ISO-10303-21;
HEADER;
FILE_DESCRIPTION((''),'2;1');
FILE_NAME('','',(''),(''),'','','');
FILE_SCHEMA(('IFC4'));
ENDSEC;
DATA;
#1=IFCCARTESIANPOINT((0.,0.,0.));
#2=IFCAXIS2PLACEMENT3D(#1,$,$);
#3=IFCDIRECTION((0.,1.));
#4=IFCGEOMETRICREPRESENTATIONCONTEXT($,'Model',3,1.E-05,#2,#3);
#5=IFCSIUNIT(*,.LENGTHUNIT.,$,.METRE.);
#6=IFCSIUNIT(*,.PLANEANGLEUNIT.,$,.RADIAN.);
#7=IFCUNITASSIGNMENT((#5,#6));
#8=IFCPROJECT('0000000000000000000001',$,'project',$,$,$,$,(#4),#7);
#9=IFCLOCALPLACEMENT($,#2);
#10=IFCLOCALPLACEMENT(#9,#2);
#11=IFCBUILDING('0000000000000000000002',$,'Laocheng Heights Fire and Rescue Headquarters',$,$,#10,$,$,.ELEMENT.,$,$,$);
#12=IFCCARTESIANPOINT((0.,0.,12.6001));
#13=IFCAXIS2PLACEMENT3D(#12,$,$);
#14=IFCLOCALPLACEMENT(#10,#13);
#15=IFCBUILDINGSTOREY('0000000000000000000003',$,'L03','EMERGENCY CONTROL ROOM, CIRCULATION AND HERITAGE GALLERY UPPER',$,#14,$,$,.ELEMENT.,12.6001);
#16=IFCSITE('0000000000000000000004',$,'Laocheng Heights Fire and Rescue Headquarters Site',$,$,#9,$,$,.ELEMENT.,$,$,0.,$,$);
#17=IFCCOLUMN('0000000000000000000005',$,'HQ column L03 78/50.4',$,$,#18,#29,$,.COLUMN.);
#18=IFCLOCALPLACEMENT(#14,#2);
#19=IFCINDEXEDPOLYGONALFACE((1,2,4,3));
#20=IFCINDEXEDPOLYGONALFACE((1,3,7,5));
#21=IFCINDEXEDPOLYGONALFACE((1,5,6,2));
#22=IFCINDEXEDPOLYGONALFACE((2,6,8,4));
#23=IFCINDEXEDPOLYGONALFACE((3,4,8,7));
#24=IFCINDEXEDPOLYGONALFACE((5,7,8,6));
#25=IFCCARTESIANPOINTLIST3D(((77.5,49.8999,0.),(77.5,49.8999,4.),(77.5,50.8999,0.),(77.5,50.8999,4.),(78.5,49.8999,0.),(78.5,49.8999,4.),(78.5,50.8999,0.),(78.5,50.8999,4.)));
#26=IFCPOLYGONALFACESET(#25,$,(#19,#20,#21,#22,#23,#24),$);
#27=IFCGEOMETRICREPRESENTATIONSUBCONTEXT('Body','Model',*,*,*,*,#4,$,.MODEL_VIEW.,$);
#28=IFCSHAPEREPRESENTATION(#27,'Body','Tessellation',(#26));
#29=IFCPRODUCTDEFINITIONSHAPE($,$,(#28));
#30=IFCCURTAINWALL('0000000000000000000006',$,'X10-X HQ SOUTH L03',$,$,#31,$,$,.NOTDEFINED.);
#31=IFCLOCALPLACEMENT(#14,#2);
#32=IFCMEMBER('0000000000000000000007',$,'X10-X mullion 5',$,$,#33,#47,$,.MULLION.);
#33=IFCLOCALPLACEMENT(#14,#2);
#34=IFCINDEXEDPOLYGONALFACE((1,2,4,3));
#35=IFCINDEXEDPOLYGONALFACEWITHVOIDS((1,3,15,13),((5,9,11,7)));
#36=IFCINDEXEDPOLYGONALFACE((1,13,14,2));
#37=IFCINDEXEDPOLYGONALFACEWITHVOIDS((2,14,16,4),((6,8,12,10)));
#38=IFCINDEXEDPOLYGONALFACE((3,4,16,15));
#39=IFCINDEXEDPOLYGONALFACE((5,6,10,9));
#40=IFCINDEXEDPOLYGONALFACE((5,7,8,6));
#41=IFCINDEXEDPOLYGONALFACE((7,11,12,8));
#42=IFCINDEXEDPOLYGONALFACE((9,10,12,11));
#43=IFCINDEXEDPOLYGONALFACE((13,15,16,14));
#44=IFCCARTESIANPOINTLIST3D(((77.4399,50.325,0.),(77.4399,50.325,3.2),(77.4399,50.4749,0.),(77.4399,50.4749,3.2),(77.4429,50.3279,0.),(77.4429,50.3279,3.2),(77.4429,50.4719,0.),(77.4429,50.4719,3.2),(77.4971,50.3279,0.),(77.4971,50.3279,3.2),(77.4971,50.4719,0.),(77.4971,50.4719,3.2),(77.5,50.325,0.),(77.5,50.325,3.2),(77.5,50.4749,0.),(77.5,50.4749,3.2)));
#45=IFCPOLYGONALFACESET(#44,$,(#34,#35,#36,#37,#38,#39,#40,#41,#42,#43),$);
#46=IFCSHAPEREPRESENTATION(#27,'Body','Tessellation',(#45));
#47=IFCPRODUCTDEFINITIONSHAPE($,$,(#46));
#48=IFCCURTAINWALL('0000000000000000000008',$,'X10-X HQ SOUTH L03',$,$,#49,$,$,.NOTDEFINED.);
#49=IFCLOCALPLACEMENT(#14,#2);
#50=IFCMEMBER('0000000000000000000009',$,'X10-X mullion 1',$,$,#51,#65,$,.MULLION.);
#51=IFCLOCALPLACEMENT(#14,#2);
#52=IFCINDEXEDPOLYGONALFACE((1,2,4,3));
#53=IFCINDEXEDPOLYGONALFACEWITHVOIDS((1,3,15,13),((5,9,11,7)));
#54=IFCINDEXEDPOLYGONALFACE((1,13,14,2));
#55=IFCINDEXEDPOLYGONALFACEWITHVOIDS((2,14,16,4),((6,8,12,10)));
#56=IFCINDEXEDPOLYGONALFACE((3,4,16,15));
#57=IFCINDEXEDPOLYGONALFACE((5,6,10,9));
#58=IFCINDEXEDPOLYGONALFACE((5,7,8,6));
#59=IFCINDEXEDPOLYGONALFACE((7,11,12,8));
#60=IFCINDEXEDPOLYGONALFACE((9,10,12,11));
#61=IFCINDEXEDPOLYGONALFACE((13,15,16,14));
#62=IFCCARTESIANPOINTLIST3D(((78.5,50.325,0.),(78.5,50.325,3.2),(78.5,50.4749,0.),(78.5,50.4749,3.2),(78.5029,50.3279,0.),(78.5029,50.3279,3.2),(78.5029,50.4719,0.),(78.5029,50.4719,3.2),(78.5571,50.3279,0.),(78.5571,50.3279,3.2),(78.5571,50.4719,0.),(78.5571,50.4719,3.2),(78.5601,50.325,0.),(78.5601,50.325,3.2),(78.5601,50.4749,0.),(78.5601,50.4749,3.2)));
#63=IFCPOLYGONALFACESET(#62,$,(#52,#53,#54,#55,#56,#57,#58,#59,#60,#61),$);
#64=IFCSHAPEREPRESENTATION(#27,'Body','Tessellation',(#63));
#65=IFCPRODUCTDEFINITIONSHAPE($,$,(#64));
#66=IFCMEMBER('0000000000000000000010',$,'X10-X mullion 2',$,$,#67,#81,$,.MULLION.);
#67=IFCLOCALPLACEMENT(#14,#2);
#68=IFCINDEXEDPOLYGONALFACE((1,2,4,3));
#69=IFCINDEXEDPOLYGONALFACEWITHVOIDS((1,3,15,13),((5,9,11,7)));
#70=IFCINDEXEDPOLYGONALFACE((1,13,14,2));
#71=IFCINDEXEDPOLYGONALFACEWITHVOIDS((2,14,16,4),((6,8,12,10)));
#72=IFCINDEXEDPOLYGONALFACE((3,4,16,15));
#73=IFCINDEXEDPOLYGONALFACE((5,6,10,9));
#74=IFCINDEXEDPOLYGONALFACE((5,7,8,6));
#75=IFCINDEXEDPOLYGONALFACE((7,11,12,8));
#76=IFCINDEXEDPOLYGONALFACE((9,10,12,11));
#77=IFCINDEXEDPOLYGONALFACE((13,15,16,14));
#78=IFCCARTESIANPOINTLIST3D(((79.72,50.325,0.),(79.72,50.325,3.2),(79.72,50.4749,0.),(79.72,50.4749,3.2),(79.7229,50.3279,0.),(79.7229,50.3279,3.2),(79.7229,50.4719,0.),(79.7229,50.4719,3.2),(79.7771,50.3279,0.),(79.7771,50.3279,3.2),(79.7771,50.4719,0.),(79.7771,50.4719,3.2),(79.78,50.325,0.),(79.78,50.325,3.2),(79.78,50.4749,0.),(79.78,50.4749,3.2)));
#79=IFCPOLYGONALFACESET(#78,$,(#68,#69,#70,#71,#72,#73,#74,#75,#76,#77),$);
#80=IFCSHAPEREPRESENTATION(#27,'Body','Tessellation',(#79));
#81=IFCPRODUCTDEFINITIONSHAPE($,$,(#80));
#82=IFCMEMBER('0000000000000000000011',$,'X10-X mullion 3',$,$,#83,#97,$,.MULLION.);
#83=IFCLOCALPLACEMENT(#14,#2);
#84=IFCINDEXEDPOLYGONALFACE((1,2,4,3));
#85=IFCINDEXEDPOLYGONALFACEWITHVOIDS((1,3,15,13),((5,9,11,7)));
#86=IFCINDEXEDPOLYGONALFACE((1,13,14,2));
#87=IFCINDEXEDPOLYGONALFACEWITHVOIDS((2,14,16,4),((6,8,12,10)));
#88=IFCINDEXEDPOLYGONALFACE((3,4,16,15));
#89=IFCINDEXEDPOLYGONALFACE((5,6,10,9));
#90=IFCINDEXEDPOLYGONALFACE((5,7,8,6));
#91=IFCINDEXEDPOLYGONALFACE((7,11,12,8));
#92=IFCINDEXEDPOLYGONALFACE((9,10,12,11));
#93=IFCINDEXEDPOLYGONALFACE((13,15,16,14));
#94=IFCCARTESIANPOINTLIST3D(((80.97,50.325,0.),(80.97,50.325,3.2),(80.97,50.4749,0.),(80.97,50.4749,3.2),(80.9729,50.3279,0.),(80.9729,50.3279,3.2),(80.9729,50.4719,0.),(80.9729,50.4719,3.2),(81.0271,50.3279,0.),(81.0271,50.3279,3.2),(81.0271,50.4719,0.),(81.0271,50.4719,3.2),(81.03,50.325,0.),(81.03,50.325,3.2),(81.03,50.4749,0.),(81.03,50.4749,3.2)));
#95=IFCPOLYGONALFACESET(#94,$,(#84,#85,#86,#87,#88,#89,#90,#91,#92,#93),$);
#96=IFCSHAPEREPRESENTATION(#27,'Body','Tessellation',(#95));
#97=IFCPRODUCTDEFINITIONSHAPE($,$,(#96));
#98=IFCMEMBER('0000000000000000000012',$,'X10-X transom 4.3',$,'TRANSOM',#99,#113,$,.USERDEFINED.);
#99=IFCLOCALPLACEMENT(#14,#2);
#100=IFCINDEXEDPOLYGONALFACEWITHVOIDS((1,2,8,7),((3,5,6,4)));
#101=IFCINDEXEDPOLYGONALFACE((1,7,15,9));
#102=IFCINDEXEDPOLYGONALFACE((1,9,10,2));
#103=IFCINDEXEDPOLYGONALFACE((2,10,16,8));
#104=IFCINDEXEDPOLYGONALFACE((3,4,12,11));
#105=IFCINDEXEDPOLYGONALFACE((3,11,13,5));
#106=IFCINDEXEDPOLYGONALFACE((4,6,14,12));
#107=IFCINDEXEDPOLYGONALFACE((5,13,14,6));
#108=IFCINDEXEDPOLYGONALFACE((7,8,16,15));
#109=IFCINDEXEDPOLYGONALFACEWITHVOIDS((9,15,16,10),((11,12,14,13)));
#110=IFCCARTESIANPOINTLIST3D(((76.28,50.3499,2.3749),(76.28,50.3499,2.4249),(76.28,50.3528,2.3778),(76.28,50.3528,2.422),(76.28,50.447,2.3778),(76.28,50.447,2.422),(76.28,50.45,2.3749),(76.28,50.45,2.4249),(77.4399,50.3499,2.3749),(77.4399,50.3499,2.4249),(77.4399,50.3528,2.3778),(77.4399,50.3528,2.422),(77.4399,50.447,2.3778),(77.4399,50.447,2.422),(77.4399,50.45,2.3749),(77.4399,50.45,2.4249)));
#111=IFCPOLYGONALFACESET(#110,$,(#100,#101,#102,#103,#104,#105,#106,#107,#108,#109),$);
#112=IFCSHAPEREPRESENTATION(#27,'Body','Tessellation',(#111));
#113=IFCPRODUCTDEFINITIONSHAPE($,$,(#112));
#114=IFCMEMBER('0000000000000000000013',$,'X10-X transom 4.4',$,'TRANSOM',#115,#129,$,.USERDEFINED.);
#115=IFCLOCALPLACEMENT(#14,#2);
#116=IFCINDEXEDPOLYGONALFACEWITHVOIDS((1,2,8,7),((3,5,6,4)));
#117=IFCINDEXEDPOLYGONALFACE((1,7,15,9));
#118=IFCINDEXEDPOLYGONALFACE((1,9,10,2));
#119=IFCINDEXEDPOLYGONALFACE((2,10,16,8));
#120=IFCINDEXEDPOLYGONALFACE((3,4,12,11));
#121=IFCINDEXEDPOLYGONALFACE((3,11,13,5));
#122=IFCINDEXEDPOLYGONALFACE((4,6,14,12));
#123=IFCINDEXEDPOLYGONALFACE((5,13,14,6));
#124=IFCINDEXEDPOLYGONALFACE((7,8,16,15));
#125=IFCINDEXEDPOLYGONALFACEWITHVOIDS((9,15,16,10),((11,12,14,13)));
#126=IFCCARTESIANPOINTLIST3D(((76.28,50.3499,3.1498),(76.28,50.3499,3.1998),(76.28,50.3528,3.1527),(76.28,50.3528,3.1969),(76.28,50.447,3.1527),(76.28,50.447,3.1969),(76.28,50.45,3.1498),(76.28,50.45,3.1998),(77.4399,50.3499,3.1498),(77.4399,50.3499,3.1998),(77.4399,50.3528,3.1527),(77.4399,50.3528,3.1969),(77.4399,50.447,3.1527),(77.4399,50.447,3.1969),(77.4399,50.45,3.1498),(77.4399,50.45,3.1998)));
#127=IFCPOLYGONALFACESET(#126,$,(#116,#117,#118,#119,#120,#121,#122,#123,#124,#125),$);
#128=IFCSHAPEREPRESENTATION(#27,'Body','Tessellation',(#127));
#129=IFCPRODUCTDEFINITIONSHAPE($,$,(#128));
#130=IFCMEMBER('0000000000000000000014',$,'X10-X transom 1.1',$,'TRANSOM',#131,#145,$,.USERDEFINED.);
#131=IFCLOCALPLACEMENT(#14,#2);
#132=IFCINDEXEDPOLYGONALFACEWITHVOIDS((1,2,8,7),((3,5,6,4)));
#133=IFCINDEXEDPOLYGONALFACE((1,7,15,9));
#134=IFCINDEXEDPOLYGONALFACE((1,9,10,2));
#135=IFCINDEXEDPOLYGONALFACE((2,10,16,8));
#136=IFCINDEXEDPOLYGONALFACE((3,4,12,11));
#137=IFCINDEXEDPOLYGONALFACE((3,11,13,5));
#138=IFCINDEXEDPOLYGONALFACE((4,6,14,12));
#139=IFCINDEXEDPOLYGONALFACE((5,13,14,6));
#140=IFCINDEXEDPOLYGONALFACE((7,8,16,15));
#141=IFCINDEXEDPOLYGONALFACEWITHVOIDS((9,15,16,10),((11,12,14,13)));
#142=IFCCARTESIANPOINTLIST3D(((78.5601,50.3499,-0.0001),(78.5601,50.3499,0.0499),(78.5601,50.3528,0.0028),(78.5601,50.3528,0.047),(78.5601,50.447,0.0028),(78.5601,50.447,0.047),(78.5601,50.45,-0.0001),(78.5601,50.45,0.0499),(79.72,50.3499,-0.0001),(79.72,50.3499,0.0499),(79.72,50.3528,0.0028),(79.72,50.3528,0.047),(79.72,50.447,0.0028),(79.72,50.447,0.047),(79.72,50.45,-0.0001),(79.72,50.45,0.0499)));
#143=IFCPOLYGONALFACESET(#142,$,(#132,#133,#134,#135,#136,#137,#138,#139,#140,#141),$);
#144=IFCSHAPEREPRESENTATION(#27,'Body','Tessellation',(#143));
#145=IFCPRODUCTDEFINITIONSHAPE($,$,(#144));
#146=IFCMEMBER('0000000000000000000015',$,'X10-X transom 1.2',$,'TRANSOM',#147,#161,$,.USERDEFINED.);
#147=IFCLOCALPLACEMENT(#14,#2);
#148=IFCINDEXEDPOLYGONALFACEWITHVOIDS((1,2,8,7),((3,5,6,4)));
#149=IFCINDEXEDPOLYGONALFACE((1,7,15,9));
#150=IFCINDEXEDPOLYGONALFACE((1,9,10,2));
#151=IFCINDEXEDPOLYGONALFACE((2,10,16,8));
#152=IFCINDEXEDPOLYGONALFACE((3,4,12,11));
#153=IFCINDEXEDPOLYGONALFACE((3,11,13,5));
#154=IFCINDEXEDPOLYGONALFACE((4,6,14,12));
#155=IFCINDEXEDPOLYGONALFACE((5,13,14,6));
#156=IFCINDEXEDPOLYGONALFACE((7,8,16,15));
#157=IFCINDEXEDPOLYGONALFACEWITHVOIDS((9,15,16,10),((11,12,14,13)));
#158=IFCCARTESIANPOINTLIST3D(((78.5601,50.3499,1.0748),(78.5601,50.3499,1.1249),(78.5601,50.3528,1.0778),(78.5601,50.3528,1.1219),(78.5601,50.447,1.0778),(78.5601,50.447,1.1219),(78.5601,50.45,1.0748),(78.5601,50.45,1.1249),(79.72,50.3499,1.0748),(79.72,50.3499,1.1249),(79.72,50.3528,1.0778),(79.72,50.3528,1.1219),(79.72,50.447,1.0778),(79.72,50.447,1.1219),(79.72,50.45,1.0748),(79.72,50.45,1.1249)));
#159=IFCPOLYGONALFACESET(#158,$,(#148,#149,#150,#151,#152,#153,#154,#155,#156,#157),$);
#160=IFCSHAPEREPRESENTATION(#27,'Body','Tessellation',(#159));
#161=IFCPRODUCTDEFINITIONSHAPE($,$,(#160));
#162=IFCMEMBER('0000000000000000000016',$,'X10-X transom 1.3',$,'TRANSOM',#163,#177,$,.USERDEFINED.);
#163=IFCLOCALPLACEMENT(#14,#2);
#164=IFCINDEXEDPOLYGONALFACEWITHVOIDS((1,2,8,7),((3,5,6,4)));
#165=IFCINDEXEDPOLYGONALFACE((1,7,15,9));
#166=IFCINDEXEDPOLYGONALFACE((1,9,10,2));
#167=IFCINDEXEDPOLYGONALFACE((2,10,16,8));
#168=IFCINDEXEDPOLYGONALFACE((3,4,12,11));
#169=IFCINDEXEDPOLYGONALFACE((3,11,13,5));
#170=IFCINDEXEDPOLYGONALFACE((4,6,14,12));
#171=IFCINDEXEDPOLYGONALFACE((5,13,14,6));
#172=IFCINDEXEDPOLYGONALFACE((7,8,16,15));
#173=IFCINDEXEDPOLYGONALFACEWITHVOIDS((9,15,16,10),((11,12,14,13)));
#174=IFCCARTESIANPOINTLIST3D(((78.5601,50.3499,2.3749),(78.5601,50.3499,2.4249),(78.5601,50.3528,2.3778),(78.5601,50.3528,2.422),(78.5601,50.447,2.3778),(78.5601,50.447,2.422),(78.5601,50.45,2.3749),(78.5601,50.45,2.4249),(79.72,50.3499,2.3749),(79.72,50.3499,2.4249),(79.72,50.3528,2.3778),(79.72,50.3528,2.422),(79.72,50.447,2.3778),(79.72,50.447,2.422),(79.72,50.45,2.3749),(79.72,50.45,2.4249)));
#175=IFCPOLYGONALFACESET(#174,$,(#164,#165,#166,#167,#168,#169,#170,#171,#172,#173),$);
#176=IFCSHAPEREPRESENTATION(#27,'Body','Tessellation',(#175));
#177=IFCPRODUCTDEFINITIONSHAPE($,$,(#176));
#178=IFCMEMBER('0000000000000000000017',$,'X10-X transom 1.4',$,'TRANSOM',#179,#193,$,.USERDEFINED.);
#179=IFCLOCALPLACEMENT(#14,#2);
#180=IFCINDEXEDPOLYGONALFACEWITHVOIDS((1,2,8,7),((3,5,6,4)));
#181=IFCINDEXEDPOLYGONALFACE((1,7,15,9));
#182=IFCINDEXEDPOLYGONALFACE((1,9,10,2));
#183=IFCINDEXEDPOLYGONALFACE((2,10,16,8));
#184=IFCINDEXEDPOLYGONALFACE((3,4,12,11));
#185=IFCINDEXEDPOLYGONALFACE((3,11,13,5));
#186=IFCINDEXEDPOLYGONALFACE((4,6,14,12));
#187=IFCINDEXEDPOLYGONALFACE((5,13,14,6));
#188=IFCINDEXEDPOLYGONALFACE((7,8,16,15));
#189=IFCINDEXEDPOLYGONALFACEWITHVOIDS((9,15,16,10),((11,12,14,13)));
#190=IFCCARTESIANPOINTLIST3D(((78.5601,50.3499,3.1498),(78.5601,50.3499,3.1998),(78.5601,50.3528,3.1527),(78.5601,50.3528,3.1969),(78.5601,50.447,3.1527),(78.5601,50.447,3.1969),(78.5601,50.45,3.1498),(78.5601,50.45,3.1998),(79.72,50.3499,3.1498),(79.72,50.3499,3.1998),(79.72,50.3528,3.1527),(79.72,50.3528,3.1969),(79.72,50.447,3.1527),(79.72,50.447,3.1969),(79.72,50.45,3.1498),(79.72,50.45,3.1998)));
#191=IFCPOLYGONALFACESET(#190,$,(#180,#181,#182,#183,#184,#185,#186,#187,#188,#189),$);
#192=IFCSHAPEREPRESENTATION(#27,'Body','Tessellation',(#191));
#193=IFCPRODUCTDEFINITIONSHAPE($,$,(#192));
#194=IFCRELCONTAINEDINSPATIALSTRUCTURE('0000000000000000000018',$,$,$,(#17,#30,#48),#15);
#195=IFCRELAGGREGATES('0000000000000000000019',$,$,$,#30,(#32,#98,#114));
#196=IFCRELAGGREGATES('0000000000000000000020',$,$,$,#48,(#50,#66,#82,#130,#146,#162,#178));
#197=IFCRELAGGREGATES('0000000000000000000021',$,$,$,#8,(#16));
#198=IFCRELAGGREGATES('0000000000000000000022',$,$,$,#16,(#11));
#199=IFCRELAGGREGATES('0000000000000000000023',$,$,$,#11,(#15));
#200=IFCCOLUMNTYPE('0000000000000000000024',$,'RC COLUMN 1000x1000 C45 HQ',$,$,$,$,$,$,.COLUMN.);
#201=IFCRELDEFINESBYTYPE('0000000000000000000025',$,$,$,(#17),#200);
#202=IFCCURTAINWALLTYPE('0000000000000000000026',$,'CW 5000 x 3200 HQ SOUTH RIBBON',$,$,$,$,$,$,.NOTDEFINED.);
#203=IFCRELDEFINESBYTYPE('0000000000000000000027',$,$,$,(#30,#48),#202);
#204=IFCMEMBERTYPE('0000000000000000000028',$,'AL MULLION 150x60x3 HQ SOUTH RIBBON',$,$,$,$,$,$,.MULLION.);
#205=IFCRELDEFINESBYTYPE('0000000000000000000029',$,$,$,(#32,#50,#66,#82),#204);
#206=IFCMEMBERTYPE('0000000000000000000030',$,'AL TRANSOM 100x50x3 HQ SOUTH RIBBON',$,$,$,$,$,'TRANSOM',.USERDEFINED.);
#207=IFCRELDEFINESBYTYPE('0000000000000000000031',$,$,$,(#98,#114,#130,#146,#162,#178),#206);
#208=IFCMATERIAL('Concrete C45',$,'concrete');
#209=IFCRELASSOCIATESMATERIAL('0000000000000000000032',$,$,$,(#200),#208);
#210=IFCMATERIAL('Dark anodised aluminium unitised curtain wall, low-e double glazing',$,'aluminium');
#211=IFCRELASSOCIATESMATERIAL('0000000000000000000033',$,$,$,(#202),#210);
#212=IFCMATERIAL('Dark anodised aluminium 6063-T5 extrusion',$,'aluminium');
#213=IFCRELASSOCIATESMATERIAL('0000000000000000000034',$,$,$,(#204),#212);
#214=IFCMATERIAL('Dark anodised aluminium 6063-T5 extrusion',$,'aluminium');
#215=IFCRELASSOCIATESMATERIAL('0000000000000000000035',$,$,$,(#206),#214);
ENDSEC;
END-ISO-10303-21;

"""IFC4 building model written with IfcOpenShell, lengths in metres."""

from ifc_helpers import new_model, si_unit, direction, frame, origin, origin_2d, place, context, subcontext, project, spatial, rectangle, hollow_rectangle, extrude, material, material_profile, profile_set, type_object, element, aggregate, save


model = new_model("IFC4")

# Units and contexts
model_context = context("Model", 3, precision=1e-05, world=origin(), true_north=direction((0.0, 1.0)))
body_context = subcontext(model_context, "Body", "Model", "MODEL_VIEW")
ifc_project = project(units=[si_unit("LENGTHUNIT", "METRE"), si_unit("PLANEANGLEUNIT", "RADIAN")], contexts=[model_context])

# Site, building, storey
site_placement = place(None, origin())
site = spatial("IfcSite", under=ifc_project, at=site_placement, Name="Laocheng Heights Fire and Rescue Headquarters Site", CompositionType="ELEMENT", RefElevation=0.0)
building_placement = place(site_placement, origin())
building = spatial("IfcBuilding", under=site, at=building_placement, Name="Laocheng Heights Fire and Rescue Headquarters", CompositionType="ELEMENT")
storey_placement = place(building_placement, frame((0.0, 0.0, 12.6001)))
storey = spatial("IfcBuildingStorey", under=building, at=storey_placement, Name="L03", Description="EMERGENCY CONTROL ROOM, CIRCULATION AND HERITAGE GALLERY UPPER", CompositionType="ELEMENT", Elevation=12.6001)

# Column
ifc_material_1 = material(Name="Concrete C45", Category="concrete")
ifc_material_profile_1 = material_profile(ifc_material_1, rectangle(XDim=1.0, YDim=1.0, at=origin_2d()), Name="RC COLUMN 1000x1000 C45 HQ")
ifc_profile_set_1 = profile_set([ifc_material_profile_1], Name="Concrete C45")
column_type = type_object("IfcColumnType", Name="RC COLUMN 1000x1000 C45 HQ", PredefinedType="COLUMN", material=ifc_profile_set_1)
column_placement = place(storey_placement, frame((78.0, 50.3999, 0.0), z_axis=(0.0, 0.0, 1.0), x_axis=(1.0, 0.0, 0.0)))
element("IfcColumn", 1, at=column_placement, inside=storey, type_object=column_type, Name="HQ column L03 78/50.4", PredefinedType="COLUMN", context=body_context, shape_type="SweptSolid", body=[
    extrude(rectangle(XDim=1.0, YDim=1.0, at=origin_2d()), origin(), (0.0, 0.0, 1.0), 4.0),
])

# Curtain wall, member
ifc_material_2 = material(Name="Dark anodised aluminium unitised curtain wall, low-e double glazing", Category="aluminium")
curtain_wall_type = type_object("IfcCurtainWallType", Name="CW 5000 x 3200 HQ SOUTH RIBBON", PredefinedType="NOTDEFINED", material=ifc_material_2)
curtain_wall_1_placement = place(storey_placement, origin())
curtain_wall_1 = element("IfcCurtainWall", 2, at=curtain_wall_1_placement, inside=storey, type_object=curtain_wall_type, Name="X10-X HQ SOUTH L03", PredefinedType="NOTDEFINED")
ifc_material_3 = material(Name="Dark anodised aluminium 6063-T5 extrusion", Category="aluminium")
ifc_material_profile_2 = material_profile(ifc_material_3, hollow_rectangle(XDim=0.1499, YDim=0.0601, WallThickness=0.0029, at=origin_2d()), Name="AL MULLION 150x60x3 HQ SOUTH RIBBON")
ifc_profile_set_2 = profile_set([ifc_material_profile_2], Name="Dark anodised aluminium 6063-T5 extrusion")
member_type_1 = type_object("IfcMemberType", Name="AL MULLION 150x60x3 HQ SOUTH RIBBON", PredefinedType="MULLION", material=ifc_profile_set_2)
member_1_placement = place(storey_placement, frame((77.47, 50.3999, 0.0), z_axis=(0.0, 0.0, 1.0), x_axis=(0.0, 1.0, 0.0)))
member_1 = element("IfcMember", 3, at=member_1_placement, type_object=member_type_1, Name="X10-X mullion 5", PredefinedType="MULLION", context=body_context, shape_type="SweptSolid", body=[
    extrude(hollow_rectangle(XDim=0.1499, YDim=0.0601, WallThickness=0.0029, at=origin_2d()), origin(), (0.0, 0.0, 1.0), 3.2),
])

# Curtain wall, members
curtain_wall_2_placement = place(storey_placement, origin())
curtain_wall_2 = element("IfcCurtainWall", 4, at=curtain_wall_2_placement, inside=storey, type_object=curtain_wall_type, Name="X10-X HQ SOUTH L03", PredefinedType="NOTDEFINED")
member_2_placement = place(storey_placement, frame((78.53, 50.3999, 0.0), z_axis=(0.0, 0.0, 1.0), x_axis=(0.0, 1.0, 0.0)))
member_2 = element("IfcMember", 5, at=member_2_placement, type_object=member_type_1, Name="X10-X mullion 1", PredefinedType="MULLION", context=body_context, shape_type="SweptSolid", body=[
    extrude(hollow_rectangle(XDim=0.1499, YDim=0.0601, WallThickness=0.0029, at=origin_2d()), origin(), (0.0, 0.0, 1.0), 3.2),
])
member_3_placement = place(storey_placement, frame((79.75, 50.3999, 0.0), z_axis=(0.0, 0.0, 1.0), x_axis=(0.0, 1.0, 0.0)))
member_3 = element("IfcMember", 6, at=member_3_placement, type_object=member_type_1, Name="X10-X mullion 2", PredefinedType="MULLION", context=body_context, shape_type="SweptSolid", body=[
    extrude(hollow_rectangle(XDim=0.1499, YDim=0.0601, WallThickness=0.0029, at=origin_2d()), origin(), (0.0, 0.0, 1.0), 3.2),
])
member_4_placement = place(storey_placement, frame((81.0, 50.3999, 0.0), z_axis=(0.0, 0.0, 1.0), x_axis=(0.0, 1.0, 0.0)))
member_4 = element("IfcMember", 7, at=member_4_placement, type_object=member_type_1, Name="X10-X mullion 3", PredefinedType="MULLION", context=body_context, shape_type="SweptSolid", body=[
    extrude(hollow_rectangle(XDim=0.1499, YDim=0.0601, WallThickness=0.0029, at=origin_2d()), origin(), (0.0, 0.0, 1.0), 3.2),
])

# Members
ifc_material_4 = material(Name="Dark anodised aluminium 6063-T5 extrusion", Category="aluminium")
ifc_material_profile_3 = material_profile(ifc_material_4, hollow_rectangle(XDim=0.1001, YDim=0.05, WallThickness=0.0029, at=origin_2d()), Name="AL TRANSOM 100x50x3 HQ SOUTH RIBBON")
ifc_profile_set_3 = profile_set([ifc_material_profile_3], Name="Dark anodised aluminium 6063-T5 extrusion")
member_type_2 = type_object("IfcMemberType", Name="AL TRANSOM 100x50x3 HQ SOUTH RIBBON", ElementType="TRANSOM", PredefinedType="USERDEFINED", material=ifc_profile_set_3)
member_5_placement = place(storey_placement, frame((76.28, 50.3999, 2.3999), z_axis=(1.0, 0.0, 0.0), x_axis=(0.0, 1.0, 0.0)))
member_5 = element("IfcMember", 8, at=member_5_placement, type_object=member_type_2, Name="X10-X transom 4.3", ObjectType="TRANSOM", PredefinedType="USERDEFINED", context=body_context, shape_type="SweptSolid", body=[
    extrude(hollow_rectangle(XDim=0.1001, YDim=0.05, WallThickness=0.0029, at=origin_2d()), origin(), (0.0, 0.0, 1.0), 1.1599),
])
member_6_placement = place(storey_placement, frame((76.28, 50.3999, 3.1748), z_axis=(1.0, 0.0, 0.0), x_axis=(0.0, 1.0, 0.0)))
member_6 = element("IfcMember", 9, at=member_6_placement, type_object=member_type_2, Name="X10-X transom 4.4", ObjectType="TRANSOM", PredefinedType="USERDEFINED", context=body_context, shape_type="SweptSolid", body=[
    extrude(hollow_rectangle(XDim=0.1001, YDim=0.05, WallThickness=0.0029, at=origin_2d()), origin(), (0.0, 0.0, 1.0), 1.1599),
])
member_7_placement = place(storey_placement, frame((78.5601, 50.3999, 0.0249), z_axis=(1.0, 0.0, 0.0), x_axis=(0.0, 1.0, 0.0)))
member_7 = element("IfcMember", 10, at=member_7_placement, type_object=member_type_2, Name="X10-X transom 1.1", ObjectType="TRANSOM", PredefinedType="USERDEFINED", context=body_context, shape_type="SweptSolid", body=[
    extrude(hollow_rectangle(XDim=0.1001, YDim=0.05, WallThickness=0.0029, at=origin_2d()), origin(), (0.0, 0.0, 1.0), 1.1599),
])
member_8_placement = place(storey_placement, frame((78.5601, 50.3999, 1.0999), z_axis=(1.0, 0.0, 0.0), x_axis=(0.0, 1.0, 0.0)))
member_8 = element("IfcMember", 11, at=member_8_placement, type_object=member_type_2, Name="X10-X transom 1.2", ObjectType="TRANSOM", PredefinedType="USERDEFINED", context=body_context, shape_type="SweptSolid", body=[
    extrude(hollow_rectangle(XDim=0.1001, YDim=0.05, WallThickness=0.0029, at=origin_2d()), origin(), (0.0, 0.0, 1.0), 1.1599),
])
member_9_placement = place(storey_placement, frame((78.5601, 50.3999, 2.3999), z_axis=(1.0, 0.0, 0.0), x_axis=(0.0, 1.0, 0.0)))
member_9 = element("IfcMember", 12, at=member_9_placement, type_object=member_type_2, Name="X10-X transom 1.3", ObjectType="TRANSOM", PredefinedType="USERDEFINED", context=body_context, shape_type="SweptSolid", body=[
    extrude(hollow_rectangle(XDim=0.1001, YDim=0.05, WallThickness=0.0029, at=origin_2d()), origin(), (0.0, 0.0, 1.0), 1.1599),
])
member_10_placement = place(storey_placement, frame((78.5601, 50.3999, 3.1748), z_axis=(1.0, 0.0, 0.0), x_axis=(0.0, 1.0, 0.0)))
member_10 = element("IfcMember", 13, at=member_10_placement, type_object=member_type_2, Name="X10-X transom 1.4", ObjectType="TRANSOM", PredefinedType="USERDEFINED", context=body_context, shape_type="SweptSolid", body=[
    extrude(hollow_rectangle(XDim=0.1001, YDim=0.05, WallThickness=0.0029, at=origin_2d()), origin(), (0.0, 0.0, 1.0), 1.1599),
])

aggregate(curtain_wall_1, [member_1, member_5, member_6])
aggregate(curtain_wall_2, [member_2, member_3, member_4, member_7, member_8, member_9, member_10])

save(model, "model.ifc")
